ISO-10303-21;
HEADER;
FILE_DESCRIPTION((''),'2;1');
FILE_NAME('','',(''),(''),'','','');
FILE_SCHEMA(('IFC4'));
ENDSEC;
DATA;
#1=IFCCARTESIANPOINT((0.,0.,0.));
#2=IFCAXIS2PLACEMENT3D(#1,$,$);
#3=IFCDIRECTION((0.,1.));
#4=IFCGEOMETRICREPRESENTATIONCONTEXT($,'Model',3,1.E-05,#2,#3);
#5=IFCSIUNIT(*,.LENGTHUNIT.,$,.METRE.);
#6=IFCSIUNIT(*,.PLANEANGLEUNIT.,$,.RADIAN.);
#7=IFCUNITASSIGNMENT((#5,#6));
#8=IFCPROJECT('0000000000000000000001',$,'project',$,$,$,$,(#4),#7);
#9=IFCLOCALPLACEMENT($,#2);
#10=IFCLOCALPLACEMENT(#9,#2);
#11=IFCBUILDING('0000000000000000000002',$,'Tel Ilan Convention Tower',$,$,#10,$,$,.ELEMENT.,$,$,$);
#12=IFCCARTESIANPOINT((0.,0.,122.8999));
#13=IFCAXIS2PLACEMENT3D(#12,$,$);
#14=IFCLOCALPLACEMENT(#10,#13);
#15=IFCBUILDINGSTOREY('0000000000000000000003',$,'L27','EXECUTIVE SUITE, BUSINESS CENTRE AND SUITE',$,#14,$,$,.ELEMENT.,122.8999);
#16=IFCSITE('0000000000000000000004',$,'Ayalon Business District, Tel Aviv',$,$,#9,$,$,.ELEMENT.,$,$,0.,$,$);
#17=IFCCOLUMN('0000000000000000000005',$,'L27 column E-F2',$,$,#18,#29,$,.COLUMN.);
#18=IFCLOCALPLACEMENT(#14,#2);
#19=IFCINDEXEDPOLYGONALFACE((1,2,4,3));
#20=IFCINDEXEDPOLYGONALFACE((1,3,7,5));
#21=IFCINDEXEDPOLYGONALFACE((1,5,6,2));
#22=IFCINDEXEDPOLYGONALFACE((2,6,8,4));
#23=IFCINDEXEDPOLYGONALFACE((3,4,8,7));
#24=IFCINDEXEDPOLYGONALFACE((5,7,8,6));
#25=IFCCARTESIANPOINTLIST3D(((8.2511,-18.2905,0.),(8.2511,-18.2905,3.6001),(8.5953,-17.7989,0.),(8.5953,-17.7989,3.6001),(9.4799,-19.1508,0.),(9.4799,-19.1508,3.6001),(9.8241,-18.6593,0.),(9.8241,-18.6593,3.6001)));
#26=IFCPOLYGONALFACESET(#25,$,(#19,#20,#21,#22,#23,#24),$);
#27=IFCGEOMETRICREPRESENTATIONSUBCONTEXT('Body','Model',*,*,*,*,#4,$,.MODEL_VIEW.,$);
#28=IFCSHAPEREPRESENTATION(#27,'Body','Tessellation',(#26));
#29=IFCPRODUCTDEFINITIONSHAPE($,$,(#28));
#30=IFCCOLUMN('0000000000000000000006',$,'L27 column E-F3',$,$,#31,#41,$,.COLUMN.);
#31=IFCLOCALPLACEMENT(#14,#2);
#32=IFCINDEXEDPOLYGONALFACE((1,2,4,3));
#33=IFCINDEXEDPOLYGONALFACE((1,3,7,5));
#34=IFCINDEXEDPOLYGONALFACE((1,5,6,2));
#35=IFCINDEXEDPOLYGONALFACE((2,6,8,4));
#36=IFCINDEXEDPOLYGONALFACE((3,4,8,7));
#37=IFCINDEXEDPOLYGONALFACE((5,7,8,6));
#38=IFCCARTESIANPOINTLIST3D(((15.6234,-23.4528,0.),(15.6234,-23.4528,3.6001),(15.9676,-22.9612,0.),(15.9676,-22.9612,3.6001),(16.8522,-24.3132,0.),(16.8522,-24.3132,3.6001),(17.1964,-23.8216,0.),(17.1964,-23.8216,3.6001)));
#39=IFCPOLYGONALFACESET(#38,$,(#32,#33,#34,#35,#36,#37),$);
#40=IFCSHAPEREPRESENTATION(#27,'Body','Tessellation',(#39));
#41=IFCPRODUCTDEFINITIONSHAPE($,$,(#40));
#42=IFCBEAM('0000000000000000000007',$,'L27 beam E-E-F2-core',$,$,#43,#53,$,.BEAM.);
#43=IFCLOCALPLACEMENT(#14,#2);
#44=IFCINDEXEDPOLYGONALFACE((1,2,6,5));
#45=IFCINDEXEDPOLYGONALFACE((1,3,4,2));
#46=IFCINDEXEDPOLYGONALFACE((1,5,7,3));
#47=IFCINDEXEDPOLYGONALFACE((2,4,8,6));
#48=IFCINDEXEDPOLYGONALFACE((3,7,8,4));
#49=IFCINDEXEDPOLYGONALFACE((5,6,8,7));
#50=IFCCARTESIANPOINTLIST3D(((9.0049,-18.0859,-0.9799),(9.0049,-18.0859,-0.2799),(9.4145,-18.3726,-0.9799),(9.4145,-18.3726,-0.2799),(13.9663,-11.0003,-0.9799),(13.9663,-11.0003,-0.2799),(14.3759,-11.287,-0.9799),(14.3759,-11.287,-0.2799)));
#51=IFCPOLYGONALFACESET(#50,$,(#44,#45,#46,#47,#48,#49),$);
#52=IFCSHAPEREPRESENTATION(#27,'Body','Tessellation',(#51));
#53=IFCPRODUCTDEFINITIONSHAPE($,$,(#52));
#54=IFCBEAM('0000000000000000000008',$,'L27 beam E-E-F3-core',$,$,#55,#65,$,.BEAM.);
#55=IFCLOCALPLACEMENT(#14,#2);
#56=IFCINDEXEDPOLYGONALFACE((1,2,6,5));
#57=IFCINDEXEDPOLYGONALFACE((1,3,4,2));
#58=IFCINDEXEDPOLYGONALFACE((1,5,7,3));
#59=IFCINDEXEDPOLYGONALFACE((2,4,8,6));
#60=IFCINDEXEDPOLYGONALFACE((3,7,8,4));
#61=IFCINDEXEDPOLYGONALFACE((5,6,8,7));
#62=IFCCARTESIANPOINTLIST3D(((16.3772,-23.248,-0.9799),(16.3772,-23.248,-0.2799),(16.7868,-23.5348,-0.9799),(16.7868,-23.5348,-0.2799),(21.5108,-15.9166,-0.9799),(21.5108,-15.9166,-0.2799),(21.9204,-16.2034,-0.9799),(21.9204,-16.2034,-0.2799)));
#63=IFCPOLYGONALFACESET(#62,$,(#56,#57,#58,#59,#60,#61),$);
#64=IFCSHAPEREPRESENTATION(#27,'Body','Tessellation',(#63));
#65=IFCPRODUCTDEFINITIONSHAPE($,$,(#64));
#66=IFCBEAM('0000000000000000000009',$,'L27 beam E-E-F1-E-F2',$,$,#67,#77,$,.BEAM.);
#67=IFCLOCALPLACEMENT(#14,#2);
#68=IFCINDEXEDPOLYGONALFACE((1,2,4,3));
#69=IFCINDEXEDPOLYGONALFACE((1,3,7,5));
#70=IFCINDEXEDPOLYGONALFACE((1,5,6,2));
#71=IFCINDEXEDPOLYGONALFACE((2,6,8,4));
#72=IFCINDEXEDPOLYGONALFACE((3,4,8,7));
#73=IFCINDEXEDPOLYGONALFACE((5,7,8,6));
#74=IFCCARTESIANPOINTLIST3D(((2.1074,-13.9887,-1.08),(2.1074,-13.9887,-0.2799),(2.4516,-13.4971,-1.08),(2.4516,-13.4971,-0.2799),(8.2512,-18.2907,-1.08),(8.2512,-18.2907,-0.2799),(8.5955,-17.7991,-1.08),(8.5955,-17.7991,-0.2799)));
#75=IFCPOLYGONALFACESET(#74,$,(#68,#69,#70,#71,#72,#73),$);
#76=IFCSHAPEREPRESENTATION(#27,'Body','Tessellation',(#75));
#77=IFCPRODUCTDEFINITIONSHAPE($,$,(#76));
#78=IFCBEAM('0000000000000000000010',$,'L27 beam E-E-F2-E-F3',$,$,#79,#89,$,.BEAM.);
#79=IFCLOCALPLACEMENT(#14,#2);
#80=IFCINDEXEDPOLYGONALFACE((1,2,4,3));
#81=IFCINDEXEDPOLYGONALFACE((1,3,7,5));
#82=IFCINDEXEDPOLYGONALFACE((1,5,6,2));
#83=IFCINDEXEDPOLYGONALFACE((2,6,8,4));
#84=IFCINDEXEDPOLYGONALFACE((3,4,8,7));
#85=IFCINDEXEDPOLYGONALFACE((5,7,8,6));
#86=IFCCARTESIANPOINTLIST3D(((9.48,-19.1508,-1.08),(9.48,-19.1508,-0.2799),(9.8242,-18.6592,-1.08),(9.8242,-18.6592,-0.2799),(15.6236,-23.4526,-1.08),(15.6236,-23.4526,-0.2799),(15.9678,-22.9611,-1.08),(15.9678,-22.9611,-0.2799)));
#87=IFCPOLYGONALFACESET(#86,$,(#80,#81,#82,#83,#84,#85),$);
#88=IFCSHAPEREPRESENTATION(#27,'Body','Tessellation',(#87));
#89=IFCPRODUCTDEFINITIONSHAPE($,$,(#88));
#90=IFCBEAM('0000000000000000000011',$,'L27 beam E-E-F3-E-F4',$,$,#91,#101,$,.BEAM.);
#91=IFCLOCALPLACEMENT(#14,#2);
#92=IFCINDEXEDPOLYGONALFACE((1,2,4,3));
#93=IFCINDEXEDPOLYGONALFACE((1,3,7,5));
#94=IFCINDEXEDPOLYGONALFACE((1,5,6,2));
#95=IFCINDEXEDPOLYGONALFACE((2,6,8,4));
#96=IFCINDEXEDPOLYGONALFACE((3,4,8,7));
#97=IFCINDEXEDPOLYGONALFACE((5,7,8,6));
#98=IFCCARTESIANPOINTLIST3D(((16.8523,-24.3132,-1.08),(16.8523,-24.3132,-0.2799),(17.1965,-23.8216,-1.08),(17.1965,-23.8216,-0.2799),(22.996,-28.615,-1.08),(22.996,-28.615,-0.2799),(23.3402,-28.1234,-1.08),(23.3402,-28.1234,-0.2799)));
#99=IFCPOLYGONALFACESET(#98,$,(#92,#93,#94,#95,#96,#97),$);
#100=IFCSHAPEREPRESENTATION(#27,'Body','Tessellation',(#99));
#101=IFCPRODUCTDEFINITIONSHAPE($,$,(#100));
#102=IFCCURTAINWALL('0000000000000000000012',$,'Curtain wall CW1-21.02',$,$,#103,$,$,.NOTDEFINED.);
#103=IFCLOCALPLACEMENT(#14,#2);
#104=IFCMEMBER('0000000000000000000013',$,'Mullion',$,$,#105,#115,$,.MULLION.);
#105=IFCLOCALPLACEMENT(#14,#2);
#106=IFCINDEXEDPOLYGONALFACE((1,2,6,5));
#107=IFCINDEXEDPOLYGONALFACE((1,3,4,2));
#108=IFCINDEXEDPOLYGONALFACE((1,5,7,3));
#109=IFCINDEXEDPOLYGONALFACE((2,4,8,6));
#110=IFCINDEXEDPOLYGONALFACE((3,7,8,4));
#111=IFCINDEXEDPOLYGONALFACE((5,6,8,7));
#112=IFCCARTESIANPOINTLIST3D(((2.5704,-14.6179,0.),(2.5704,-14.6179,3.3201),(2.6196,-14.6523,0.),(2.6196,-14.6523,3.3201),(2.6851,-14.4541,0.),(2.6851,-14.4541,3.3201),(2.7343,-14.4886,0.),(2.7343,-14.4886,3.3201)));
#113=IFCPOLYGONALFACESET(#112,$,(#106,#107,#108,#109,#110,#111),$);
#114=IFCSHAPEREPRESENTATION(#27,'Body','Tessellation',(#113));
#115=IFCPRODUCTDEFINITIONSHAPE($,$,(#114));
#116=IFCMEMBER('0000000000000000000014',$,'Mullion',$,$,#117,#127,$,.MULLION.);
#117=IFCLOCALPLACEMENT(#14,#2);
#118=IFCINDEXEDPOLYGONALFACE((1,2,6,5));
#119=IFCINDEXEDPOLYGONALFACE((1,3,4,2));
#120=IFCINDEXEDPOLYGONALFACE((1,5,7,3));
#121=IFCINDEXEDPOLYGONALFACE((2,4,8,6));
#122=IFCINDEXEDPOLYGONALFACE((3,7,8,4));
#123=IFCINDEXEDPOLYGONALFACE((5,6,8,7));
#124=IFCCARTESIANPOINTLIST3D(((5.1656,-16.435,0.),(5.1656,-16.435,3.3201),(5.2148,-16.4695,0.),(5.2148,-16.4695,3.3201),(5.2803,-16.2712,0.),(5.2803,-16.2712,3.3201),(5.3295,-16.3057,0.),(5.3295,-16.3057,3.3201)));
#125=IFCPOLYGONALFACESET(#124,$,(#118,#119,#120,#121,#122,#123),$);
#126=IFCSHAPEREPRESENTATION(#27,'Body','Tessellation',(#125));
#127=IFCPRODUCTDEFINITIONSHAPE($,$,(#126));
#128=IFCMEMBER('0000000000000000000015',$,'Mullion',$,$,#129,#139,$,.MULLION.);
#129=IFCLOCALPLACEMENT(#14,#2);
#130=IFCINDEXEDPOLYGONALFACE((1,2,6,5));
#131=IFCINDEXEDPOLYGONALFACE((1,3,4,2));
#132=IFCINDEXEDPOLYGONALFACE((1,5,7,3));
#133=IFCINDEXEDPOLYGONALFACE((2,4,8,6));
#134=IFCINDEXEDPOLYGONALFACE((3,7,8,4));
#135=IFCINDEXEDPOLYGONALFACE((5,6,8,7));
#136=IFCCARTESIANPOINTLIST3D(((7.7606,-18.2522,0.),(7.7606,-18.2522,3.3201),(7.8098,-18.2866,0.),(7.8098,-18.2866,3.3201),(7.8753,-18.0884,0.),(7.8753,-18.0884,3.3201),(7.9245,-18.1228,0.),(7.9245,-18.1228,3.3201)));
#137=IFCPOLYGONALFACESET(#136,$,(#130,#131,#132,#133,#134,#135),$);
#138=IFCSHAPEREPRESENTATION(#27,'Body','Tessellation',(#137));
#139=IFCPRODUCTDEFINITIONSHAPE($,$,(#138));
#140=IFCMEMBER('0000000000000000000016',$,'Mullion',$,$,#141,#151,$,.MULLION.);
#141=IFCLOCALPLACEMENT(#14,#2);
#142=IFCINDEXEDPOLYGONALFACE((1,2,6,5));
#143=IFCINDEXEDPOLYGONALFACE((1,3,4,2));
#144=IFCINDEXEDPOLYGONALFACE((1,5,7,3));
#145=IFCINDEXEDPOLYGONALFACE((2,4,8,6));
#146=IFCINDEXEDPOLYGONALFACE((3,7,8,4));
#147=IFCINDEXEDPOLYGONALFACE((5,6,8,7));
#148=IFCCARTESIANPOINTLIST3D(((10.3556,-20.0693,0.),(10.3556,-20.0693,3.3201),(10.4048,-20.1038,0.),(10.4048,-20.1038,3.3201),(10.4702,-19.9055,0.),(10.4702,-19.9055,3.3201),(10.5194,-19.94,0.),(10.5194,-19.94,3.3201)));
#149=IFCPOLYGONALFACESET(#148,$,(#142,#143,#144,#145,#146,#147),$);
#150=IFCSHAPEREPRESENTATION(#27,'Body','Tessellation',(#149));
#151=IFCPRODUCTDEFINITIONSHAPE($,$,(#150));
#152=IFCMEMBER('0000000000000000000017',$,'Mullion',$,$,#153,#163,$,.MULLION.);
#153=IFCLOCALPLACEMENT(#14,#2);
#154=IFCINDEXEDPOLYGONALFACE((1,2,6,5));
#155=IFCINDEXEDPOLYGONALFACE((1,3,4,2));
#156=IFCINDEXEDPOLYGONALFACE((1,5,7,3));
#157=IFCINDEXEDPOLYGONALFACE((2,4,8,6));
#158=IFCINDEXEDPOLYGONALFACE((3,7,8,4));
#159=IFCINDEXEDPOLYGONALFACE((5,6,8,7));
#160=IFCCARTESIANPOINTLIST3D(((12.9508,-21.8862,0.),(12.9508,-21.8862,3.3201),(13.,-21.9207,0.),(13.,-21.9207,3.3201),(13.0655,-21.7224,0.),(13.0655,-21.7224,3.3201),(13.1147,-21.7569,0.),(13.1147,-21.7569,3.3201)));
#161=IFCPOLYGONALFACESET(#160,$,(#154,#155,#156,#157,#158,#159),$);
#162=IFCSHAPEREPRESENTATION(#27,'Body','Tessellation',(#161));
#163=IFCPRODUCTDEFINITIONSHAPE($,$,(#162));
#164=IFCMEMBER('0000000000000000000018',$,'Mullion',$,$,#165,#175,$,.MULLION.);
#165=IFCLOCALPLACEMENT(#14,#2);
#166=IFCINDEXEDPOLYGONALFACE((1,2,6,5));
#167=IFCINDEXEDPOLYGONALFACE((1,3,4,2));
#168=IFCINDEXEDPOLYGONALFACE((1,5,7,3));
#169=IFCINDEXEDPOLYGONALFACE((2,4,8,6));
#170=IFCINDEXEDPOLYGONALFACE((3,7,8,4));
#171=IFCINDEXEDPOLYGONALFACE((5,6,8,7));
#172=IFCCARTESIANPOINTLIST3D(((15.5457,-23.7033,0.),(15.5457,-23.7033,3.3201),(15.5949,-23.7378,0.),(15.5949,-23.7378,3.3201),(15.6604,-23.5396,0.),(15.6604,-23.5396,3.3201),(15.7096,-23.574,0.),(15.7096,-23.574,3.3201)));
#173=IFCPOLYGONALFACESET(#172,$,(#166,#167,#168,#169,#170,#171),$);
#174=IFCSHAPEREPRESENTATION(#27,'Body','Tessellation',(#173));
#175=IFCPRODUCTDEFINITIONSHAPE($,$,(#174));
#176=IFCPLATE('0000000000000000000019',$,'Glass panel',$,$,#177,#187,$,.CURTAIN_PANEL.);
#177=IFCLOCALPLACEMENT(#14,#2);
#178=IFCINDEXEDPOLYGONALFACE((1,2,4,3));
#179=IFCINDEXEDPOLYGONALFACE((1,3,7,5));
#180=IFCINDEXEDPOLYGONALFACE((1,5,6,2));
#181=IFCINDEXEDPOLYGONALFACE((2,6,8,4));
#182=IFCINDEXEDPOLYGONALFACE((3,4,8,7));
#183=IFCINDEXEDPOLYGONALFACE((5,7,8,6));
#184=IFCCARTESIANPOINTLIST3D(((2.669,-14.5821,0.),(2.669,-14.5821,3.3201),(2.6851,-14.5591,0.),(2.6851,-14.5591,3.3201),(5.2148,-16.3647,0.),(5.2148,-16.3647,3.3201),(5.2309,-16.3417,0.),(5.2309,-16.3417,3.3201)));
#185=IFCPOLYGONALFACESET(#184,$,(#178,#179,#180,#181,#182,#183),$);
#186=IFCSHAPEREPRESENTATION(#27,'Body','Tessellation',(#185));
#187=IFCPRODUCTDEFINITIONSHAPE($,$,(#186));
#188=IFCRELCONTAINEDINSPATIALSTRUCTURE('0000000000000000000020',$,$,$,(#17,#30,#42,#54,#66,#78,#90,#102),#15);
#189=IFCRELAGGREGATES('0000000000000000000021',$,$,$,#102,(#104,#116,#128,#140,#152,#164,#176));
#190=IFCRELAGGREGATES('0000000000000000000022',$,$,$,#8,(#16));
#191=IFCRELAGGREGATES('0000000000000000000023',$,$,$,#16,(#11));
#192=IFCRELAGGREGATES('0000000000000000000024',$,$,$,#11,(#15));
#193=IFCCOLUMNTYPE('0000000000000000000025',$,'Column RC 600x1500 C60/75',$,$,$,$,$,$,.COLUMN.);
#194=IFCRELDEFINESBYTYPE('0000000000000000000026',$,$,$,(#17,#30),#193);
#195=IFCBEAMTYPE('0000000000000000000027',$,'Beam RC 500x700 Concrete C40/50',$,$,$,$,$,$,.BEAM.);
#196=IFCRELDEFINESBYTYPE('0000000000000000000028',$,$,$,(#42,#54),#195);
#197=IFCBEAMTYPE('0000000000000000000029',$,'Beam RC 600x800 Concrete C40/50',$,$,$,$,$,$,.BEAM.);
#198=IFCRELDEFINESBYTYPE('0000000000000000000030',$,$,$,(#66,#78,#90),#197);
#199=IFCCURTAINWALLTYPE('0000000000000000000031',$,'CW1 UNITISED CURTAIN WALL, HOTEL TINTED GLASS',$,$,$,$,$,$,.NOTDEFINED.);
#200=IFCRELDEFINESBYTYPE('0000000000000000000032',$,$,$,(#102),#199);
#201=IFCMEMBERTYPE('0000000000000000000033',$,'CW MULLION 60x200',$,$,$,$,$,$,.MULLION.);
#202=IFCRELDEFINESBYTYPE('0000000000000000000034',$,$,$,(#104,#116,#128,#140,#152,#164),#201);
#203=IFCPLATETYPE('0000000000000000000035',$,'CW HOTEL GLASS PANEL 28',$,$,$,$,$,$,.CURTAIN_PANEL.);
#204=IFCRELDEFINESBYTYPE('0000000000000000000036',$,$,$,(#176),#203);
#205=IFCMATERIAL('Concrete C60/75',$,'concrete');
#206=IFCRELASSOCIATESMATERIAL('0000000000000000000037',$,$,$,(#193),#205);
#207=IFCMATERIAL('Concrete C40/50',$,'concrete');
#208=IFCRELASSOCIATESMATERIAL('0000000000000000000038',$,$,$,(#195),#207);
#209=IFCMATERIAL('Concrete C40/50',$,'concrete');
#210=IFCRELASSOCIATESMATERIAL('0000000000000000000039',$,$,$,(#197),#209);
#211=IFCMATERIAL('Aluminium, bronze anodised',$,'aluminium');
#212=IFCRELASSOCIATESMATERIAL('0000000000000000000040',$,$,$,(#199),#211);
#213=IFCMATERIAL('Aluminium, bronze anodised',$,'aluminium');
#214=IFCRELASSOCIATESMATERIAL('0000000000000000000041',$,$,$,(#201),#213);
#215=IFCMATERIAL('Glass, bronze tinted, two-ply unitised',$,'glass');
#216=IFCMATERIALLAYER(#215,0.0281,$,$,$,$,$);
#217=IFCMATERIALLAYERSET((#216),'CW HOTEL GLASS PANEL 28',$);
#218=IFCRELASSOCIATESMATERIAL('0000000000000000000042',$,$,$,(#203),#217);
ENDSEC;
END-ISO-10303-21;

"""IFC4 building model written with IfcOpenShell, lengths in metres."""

from ifc_helpers import new_model, si_unit, direction, frame, origin, origin_2d, place, context, subcontext, project, spatial, rectangle, extrude, material, layer, layer_set, material_profile, profile_set, type_object, element, aggregate, save


model = new_model("IFC4")

# Units and contexts
model_context = context("Model", 3, precision=1e-05, world=origin(), true_north=direction((0.0, 1.0)))
body_context = subcontext(model_context, "Body", "Model", "MODEL_VIEW")
ifc_project = project(units=[si_unit("LENGTHUNIT", "METRE"), si_unit("PLANEANGLEUNIT", "RADIAN")], contexts=[model_context])

# Site, building, storey
site_placement = place(None, origin())
site = spatial("IfcSite", under=ifc_project, at=site_placement, Name="Ayalon Business District, Tel Aviv", CompositionType="ELEMENT", RefElevation=0.0)
building_placement = place(site_placement, origin())
building = spatial("IfcBuilding", under=site, at=building_placement, Name="Tel Ilan Convention Tower", CompositionType="ELEMENT")
storey_placement = place(building_placement, frame((0.0, 0.0, 122.8999)))
storey = spatial("IfcBuildingStorey", under=building, at=storey_placement, Name="L27", Description="EXECUTIVE SUITE, BUSINESS CENTRE AND SUITE", CompositionType="ELEMENT", Elevation=122.8999)

# Columns
ifc_material_1 = material(Name="Concrete C60/75", Category="concrete")
ifc_material_profile_1 = material_profile(ifc_material_1, rectangle(XDim=1.5, YDim=0.6001, at=origin_2d()), Name="RC 600x1500")
ifc_profile_set_1 = profile_set([ifc_material_profile_1], Name="Concrete C60/75")
column_type = type_object("IfcColumnType", Name="Column RC 600x1500 C60/75", PredefinedType="COLUMN", material=ifc_profile_set_1)
for number, where, z_axis, x_axis, name in (
    (1, (9.0376, -18.4749, 0.0), (0.0, 0.0, 1.0), (0.819152, -0.573576, 0.0), "L27 column E-F2"),
    (2, (16.4099, -23.6372, 0.0), (0.0, 0.0, 1.0), (0.819152, -0.573576, 0.0), "L27 column E-F3"),
):
    element("IfcColumn", number, at=place(storey_placement, frame(where, z_axis=z_axis, x_axis=x_axis)), inside=storey, type_object=column_type, Name=name, PredefinedType="COLUMN", context=body_context, shape_type="SweptSolid", body=[
        extrude(rectangle(XDim=1.5, YDim=0.6001, at=origin_2d()), origin(), (0.0, 0.0, 1.0), 3.6001),
    ])

# Beams
ifc_material_2 = material(Name="Concrete C40/50", Category="concrete")
ifc_material_profile_2 = material_profile(ifc_material_2, rectangle(XDim=0.5, YDim=0.7, at=origin_2d()), Name="RC 500x700")
ifc_profile_set_2 = profile_set([ifc_material_profile_2], Name="Concrete C40/50")
beam_type_1 = type_object("IfcBeamType", Name="Beam RC 500x700 Concrete C40/50", PredefinedType="BEAM", material=ifc_profile_set_2)
beam_1_placement = place(storey_placement, frame((9.2097, -18.2292, -0.6299), z_axis=(0.573574, 0.819154, 0.0), x_axis=(-0.819154, 0.573574, 0.0)))
element("IfcBeam", 3, at=beam_1_placement, inside=storey, type_object=beam_type_1, Name="L27 beam E-E-F2-core", PredefinedType="BEAM", context=body_context, shape_type="SweptSolid", body=[
    extrude(rectangle(XDim=0.5, YDim=0.7, at=origin_2d()), origin(), (0.0, 0.0, 1.0), 8.6499),
])
beam_2_placement = place(storey_placement, frame((16.582, -23.3914, -0.6299), z_axis=(0.573585, 0.819146, 0.0), x_axis=(-0.819146, 0.573585, 0.0)))
element("IfcBeam", 4, at=beam_2_placement, inside=storey, type_object=beam_type_1, Name="L27 beam E-E-F3-core", PredefinedType="BEAM", context=body_context, shape_type="SweptSolid", body=[
    extrude(rectangle(XDim=0.5, YDim=0.7, at=origin_2d()), origin(), (0.0, 0.0, 1.0), 8.95),
])
ifc_material_3 = material(Name="Concrete C40/50", Category="concrete")
ifc_material_profile_3 = material_profile(ifc_material_3, rectangle(XDim=0.6001, YDim=0.8, at=origin_2d()), Name="RC 600x800")
ifc_profile_set_3 = profile_set([ifc_material_profile_3], Name="Concrete C40/50")
beam_type_2 = type_object("IfcBeamType", Name="Beam RC 600x800 Concrete C40/50", PredefinedType="BEAM", material=ifc_profile_set_3)
beam_3_placement = place(storey_placement, frame((2.2795, -13.7429, -0.6799), z_axis=(0.819148, -0.573582, 0.0), x_axis=(0.573582, 0.819148, 0.0)))
element("IfcBeam", 5, at=beam_3_placement, inside=storey, type_object=beam_type_2, Name="L27 beam E-E-F1-E-F2", PredefinedType="BEAM", context=body_context, shape_type="SweptSolid", body=[
    extrude(rectangle(XDim=0.6001, YDim=0.8, at=origin_2d()), origin(), (0.0, 0.0, 1.0), 7.5002),
])
for number, where, z_axis, x_axis, name in (
    (6, (9.6521, -18.905, -0.6799), (0.819152, -0.573576, 0.0), (0.573576, 0.819152, 0.0), "L27 beam E-E-F2-E-F3"),
    (7, (17.0244, -24.0674, -0.6799), (0.819152, -0.573576, 0.0), (0.573576, 0.819152, 0.0), "L27 beam E-E-F3-E-F4"),
):
    element("IfcBeam", number, at=place(storey_placement, frame(where, z_axis=z_axis, x_axis=x_axis)), inside=storey, type_object=beam_type_2, Name=name, PredefinedType="BEAM", context=body_context, shape_type="SweptSolid", body=[
        extrude(rectangle(XDim=0.6001, YDim=0.8, at=origin_2d()), origin(), (0.0, 0.0, 1.0), 7.5),
    ])

# Curtain wall, members, plate
ifc_material_4 = material(Name="Aluminium, bronze anodised", Category="aluminium")
curtain_wall_type = type_object("IfcCurtainWallType", Name="CW1 UNITISED CURTAIN WALL, HOTEL TINTED GLASS", PredefinedType="NOTDEFINED", material=ifc_material_4)
curtain_wall_placement = place(storey_placement, origin())
curtain_wall = element("IfcCurtainWall", 8, at=curtain_wall_placement, inside=storey, type_object=curtain_wall_type, Name="Curtain wall CW1-21.02", PredefinedType="NOTDEFINED")
ifc_material_5 = material(Name="Aluminium, bronze anodised", Category="aluminium")
ifc_material_profile_4 = material_profile(ifc_material_5, rectangle(XDim=0.0601, YDim=0.2, at=origin_2d()), Name="CW MULLION 60x200")
ifc_profile_set_4 = profile_set([ifc_material_profile_4], Name="Aluminium, bronze anodised")
member_type = type_object("IfcMemberType", Name="CW MULLION 60x200", PredefinedType="MULLION", material=ifc_profile_set_4)
member_1_placement = place(storey_placement, frame((2.6523, -14.5532, 0.0), z_axis=(0.0, 0.0, 1.0), x_axis=(0.819152, -0.573576, 0.0)))
member_1 = element("IfcMember", 9, at=member_1_placement, type_object=member_type, Name="Mullion", PredefinedType="MULLION", context=body_context, shape_type="SweptSolid", body=[
    extrude(rectangle(XDim=0.0601, YDim=0.2, at=origin_2d()), origin(), (0.0, 0.0, 1.0), 3.3201),
])
member_2_placement = place(storey_placement, frame((5.2476, -16.3704, 0.0), z_axis=(0.0, 0.0, 1.0), x_axis=(0.819152, -0.573576, 0.0)))
member_2 = element("IfcMember", 10, at=member_2_placement, type_object=member_type, Name="Mullion", PredefinedType="MULLION", context=body_context, shape_type="SweptSolid", body=[
    extrude(rectangle(XDim=0.0601, YDim=0.2, at=origin_2d()), origin(), (0.0, 0.0, 1.0), 3.3201),
])
member_3_placement = place(storey_placement, frame((7.8425, -18.1875, 0.0), z_axis=(0.0, 0.0, 1.0), x_axis=(0.819152, -0.573576, 0.0)))
member_3 = element("IfcMember", 11, at=member_3_placement, type_object=member_type, Name="Mullion", PredefinedType="MULLION", context=body_context, shape_type="SweptSolid", body=[
    extrude(rectangle(XDim=0.0601, YDim=0.2, at=origin_2d()), origin(), (0.0, 0.0, 1.0), 3.3201),
])
member_4_placement = place(storey_placement, frame((10.4375, -20.0046, 0.0), z_axis=(0.0, 0.0, 1.0), x_axis=(0.819152, -0.573576, 0.0)))
member_4 = element("IfcMember", 12, at=member_4_placement, type_object=member_type, Name="Mullion", PredefinedType="MULLION", context=body_context, shape_type="SweptSolid", body=[
    extrude(rectangle(XDim=0.0601, YDim=0.2, at=origin_2d()), origin(), (0.0, 0.0, 1.0), 3.3201),
])
member_5_placement = place(storey_placement, frame((13.0327, -21.8215, 0.0), z_axis=(0.0, 0.0, 1.0), x_axis=(0.819152, -0.573576, 0.0)))
member_5 = element("IfcMember", 13, at=member_5_placement, type_object=member_type, Name="Mullion", PredefinedType="MULLION", context=body_context, shape_type="SweptSolid", body=[
    extrude(rectangle(XDim=0.0601, YDim=0.2, at=origin_2d()), origin(), (0.0, 0.0, 1.0), 3.3201),
])
member_6_placement = place(storey_placement, frame((15.6277, -23.6387, 0.0), z_axis=(0.0, 0.0, 1.0), x_axis=(0.819152, -0.573576, 0.0)))
member_6 = element("IfcMember", 14, at=member_6_placement, type_object=member_type, Name="Mullion", PredefinedType="MULLION", context=body_context, shape_type="SweptSolid", body=[
    extrude(rectangle(XDim=0.0601, YDim=0.2, at=origin_2d()), origin(), (0.0, 0.0, 1.0), 3.3201),
])
ifc_material_6 = material(Name="Glass, bronze tinted, two-ply unitised", Category="glass")
ifc_layer_1 = layer(ifc_material_6, 0.0281)
ifc_layer_set_1 = layer_set([ifc_layer_1], Name="CW HOTEL GLASS PANEL 28")
plate_type = type_object("IfcPlateType", Name="CW HOTEL GLASS PANEL 28", PredefinedType="CURTAIN_PANEL", material=ifc_layer_set_1)
plate_1_placement = place(storey_placement, frame((3.95, -15.4619, 0.0), z_axis=(0.0, 0.0, 1.0), x_axis=(0.819152, -0.573576, 0.0)))
plate_1 = element("IfcPlate", 15, at=plate_1_placement, type_object=plate_type, Name="Glass panel", PredefinedType="CURTAIN_PANEL", context=body_context, shape_type="SweptSolid", body=[
    extrude(rectangle(XDim=3.1079, YDim=0.0281, at=origin_2d()), origin(), (0.0, 0.0, 1.0), 3.3201),
])
aggregate(curtain_wall, [member_1, member_2, member_3, member_4, member_5, member_6, plate_1])

save(model, "model.ifc")
